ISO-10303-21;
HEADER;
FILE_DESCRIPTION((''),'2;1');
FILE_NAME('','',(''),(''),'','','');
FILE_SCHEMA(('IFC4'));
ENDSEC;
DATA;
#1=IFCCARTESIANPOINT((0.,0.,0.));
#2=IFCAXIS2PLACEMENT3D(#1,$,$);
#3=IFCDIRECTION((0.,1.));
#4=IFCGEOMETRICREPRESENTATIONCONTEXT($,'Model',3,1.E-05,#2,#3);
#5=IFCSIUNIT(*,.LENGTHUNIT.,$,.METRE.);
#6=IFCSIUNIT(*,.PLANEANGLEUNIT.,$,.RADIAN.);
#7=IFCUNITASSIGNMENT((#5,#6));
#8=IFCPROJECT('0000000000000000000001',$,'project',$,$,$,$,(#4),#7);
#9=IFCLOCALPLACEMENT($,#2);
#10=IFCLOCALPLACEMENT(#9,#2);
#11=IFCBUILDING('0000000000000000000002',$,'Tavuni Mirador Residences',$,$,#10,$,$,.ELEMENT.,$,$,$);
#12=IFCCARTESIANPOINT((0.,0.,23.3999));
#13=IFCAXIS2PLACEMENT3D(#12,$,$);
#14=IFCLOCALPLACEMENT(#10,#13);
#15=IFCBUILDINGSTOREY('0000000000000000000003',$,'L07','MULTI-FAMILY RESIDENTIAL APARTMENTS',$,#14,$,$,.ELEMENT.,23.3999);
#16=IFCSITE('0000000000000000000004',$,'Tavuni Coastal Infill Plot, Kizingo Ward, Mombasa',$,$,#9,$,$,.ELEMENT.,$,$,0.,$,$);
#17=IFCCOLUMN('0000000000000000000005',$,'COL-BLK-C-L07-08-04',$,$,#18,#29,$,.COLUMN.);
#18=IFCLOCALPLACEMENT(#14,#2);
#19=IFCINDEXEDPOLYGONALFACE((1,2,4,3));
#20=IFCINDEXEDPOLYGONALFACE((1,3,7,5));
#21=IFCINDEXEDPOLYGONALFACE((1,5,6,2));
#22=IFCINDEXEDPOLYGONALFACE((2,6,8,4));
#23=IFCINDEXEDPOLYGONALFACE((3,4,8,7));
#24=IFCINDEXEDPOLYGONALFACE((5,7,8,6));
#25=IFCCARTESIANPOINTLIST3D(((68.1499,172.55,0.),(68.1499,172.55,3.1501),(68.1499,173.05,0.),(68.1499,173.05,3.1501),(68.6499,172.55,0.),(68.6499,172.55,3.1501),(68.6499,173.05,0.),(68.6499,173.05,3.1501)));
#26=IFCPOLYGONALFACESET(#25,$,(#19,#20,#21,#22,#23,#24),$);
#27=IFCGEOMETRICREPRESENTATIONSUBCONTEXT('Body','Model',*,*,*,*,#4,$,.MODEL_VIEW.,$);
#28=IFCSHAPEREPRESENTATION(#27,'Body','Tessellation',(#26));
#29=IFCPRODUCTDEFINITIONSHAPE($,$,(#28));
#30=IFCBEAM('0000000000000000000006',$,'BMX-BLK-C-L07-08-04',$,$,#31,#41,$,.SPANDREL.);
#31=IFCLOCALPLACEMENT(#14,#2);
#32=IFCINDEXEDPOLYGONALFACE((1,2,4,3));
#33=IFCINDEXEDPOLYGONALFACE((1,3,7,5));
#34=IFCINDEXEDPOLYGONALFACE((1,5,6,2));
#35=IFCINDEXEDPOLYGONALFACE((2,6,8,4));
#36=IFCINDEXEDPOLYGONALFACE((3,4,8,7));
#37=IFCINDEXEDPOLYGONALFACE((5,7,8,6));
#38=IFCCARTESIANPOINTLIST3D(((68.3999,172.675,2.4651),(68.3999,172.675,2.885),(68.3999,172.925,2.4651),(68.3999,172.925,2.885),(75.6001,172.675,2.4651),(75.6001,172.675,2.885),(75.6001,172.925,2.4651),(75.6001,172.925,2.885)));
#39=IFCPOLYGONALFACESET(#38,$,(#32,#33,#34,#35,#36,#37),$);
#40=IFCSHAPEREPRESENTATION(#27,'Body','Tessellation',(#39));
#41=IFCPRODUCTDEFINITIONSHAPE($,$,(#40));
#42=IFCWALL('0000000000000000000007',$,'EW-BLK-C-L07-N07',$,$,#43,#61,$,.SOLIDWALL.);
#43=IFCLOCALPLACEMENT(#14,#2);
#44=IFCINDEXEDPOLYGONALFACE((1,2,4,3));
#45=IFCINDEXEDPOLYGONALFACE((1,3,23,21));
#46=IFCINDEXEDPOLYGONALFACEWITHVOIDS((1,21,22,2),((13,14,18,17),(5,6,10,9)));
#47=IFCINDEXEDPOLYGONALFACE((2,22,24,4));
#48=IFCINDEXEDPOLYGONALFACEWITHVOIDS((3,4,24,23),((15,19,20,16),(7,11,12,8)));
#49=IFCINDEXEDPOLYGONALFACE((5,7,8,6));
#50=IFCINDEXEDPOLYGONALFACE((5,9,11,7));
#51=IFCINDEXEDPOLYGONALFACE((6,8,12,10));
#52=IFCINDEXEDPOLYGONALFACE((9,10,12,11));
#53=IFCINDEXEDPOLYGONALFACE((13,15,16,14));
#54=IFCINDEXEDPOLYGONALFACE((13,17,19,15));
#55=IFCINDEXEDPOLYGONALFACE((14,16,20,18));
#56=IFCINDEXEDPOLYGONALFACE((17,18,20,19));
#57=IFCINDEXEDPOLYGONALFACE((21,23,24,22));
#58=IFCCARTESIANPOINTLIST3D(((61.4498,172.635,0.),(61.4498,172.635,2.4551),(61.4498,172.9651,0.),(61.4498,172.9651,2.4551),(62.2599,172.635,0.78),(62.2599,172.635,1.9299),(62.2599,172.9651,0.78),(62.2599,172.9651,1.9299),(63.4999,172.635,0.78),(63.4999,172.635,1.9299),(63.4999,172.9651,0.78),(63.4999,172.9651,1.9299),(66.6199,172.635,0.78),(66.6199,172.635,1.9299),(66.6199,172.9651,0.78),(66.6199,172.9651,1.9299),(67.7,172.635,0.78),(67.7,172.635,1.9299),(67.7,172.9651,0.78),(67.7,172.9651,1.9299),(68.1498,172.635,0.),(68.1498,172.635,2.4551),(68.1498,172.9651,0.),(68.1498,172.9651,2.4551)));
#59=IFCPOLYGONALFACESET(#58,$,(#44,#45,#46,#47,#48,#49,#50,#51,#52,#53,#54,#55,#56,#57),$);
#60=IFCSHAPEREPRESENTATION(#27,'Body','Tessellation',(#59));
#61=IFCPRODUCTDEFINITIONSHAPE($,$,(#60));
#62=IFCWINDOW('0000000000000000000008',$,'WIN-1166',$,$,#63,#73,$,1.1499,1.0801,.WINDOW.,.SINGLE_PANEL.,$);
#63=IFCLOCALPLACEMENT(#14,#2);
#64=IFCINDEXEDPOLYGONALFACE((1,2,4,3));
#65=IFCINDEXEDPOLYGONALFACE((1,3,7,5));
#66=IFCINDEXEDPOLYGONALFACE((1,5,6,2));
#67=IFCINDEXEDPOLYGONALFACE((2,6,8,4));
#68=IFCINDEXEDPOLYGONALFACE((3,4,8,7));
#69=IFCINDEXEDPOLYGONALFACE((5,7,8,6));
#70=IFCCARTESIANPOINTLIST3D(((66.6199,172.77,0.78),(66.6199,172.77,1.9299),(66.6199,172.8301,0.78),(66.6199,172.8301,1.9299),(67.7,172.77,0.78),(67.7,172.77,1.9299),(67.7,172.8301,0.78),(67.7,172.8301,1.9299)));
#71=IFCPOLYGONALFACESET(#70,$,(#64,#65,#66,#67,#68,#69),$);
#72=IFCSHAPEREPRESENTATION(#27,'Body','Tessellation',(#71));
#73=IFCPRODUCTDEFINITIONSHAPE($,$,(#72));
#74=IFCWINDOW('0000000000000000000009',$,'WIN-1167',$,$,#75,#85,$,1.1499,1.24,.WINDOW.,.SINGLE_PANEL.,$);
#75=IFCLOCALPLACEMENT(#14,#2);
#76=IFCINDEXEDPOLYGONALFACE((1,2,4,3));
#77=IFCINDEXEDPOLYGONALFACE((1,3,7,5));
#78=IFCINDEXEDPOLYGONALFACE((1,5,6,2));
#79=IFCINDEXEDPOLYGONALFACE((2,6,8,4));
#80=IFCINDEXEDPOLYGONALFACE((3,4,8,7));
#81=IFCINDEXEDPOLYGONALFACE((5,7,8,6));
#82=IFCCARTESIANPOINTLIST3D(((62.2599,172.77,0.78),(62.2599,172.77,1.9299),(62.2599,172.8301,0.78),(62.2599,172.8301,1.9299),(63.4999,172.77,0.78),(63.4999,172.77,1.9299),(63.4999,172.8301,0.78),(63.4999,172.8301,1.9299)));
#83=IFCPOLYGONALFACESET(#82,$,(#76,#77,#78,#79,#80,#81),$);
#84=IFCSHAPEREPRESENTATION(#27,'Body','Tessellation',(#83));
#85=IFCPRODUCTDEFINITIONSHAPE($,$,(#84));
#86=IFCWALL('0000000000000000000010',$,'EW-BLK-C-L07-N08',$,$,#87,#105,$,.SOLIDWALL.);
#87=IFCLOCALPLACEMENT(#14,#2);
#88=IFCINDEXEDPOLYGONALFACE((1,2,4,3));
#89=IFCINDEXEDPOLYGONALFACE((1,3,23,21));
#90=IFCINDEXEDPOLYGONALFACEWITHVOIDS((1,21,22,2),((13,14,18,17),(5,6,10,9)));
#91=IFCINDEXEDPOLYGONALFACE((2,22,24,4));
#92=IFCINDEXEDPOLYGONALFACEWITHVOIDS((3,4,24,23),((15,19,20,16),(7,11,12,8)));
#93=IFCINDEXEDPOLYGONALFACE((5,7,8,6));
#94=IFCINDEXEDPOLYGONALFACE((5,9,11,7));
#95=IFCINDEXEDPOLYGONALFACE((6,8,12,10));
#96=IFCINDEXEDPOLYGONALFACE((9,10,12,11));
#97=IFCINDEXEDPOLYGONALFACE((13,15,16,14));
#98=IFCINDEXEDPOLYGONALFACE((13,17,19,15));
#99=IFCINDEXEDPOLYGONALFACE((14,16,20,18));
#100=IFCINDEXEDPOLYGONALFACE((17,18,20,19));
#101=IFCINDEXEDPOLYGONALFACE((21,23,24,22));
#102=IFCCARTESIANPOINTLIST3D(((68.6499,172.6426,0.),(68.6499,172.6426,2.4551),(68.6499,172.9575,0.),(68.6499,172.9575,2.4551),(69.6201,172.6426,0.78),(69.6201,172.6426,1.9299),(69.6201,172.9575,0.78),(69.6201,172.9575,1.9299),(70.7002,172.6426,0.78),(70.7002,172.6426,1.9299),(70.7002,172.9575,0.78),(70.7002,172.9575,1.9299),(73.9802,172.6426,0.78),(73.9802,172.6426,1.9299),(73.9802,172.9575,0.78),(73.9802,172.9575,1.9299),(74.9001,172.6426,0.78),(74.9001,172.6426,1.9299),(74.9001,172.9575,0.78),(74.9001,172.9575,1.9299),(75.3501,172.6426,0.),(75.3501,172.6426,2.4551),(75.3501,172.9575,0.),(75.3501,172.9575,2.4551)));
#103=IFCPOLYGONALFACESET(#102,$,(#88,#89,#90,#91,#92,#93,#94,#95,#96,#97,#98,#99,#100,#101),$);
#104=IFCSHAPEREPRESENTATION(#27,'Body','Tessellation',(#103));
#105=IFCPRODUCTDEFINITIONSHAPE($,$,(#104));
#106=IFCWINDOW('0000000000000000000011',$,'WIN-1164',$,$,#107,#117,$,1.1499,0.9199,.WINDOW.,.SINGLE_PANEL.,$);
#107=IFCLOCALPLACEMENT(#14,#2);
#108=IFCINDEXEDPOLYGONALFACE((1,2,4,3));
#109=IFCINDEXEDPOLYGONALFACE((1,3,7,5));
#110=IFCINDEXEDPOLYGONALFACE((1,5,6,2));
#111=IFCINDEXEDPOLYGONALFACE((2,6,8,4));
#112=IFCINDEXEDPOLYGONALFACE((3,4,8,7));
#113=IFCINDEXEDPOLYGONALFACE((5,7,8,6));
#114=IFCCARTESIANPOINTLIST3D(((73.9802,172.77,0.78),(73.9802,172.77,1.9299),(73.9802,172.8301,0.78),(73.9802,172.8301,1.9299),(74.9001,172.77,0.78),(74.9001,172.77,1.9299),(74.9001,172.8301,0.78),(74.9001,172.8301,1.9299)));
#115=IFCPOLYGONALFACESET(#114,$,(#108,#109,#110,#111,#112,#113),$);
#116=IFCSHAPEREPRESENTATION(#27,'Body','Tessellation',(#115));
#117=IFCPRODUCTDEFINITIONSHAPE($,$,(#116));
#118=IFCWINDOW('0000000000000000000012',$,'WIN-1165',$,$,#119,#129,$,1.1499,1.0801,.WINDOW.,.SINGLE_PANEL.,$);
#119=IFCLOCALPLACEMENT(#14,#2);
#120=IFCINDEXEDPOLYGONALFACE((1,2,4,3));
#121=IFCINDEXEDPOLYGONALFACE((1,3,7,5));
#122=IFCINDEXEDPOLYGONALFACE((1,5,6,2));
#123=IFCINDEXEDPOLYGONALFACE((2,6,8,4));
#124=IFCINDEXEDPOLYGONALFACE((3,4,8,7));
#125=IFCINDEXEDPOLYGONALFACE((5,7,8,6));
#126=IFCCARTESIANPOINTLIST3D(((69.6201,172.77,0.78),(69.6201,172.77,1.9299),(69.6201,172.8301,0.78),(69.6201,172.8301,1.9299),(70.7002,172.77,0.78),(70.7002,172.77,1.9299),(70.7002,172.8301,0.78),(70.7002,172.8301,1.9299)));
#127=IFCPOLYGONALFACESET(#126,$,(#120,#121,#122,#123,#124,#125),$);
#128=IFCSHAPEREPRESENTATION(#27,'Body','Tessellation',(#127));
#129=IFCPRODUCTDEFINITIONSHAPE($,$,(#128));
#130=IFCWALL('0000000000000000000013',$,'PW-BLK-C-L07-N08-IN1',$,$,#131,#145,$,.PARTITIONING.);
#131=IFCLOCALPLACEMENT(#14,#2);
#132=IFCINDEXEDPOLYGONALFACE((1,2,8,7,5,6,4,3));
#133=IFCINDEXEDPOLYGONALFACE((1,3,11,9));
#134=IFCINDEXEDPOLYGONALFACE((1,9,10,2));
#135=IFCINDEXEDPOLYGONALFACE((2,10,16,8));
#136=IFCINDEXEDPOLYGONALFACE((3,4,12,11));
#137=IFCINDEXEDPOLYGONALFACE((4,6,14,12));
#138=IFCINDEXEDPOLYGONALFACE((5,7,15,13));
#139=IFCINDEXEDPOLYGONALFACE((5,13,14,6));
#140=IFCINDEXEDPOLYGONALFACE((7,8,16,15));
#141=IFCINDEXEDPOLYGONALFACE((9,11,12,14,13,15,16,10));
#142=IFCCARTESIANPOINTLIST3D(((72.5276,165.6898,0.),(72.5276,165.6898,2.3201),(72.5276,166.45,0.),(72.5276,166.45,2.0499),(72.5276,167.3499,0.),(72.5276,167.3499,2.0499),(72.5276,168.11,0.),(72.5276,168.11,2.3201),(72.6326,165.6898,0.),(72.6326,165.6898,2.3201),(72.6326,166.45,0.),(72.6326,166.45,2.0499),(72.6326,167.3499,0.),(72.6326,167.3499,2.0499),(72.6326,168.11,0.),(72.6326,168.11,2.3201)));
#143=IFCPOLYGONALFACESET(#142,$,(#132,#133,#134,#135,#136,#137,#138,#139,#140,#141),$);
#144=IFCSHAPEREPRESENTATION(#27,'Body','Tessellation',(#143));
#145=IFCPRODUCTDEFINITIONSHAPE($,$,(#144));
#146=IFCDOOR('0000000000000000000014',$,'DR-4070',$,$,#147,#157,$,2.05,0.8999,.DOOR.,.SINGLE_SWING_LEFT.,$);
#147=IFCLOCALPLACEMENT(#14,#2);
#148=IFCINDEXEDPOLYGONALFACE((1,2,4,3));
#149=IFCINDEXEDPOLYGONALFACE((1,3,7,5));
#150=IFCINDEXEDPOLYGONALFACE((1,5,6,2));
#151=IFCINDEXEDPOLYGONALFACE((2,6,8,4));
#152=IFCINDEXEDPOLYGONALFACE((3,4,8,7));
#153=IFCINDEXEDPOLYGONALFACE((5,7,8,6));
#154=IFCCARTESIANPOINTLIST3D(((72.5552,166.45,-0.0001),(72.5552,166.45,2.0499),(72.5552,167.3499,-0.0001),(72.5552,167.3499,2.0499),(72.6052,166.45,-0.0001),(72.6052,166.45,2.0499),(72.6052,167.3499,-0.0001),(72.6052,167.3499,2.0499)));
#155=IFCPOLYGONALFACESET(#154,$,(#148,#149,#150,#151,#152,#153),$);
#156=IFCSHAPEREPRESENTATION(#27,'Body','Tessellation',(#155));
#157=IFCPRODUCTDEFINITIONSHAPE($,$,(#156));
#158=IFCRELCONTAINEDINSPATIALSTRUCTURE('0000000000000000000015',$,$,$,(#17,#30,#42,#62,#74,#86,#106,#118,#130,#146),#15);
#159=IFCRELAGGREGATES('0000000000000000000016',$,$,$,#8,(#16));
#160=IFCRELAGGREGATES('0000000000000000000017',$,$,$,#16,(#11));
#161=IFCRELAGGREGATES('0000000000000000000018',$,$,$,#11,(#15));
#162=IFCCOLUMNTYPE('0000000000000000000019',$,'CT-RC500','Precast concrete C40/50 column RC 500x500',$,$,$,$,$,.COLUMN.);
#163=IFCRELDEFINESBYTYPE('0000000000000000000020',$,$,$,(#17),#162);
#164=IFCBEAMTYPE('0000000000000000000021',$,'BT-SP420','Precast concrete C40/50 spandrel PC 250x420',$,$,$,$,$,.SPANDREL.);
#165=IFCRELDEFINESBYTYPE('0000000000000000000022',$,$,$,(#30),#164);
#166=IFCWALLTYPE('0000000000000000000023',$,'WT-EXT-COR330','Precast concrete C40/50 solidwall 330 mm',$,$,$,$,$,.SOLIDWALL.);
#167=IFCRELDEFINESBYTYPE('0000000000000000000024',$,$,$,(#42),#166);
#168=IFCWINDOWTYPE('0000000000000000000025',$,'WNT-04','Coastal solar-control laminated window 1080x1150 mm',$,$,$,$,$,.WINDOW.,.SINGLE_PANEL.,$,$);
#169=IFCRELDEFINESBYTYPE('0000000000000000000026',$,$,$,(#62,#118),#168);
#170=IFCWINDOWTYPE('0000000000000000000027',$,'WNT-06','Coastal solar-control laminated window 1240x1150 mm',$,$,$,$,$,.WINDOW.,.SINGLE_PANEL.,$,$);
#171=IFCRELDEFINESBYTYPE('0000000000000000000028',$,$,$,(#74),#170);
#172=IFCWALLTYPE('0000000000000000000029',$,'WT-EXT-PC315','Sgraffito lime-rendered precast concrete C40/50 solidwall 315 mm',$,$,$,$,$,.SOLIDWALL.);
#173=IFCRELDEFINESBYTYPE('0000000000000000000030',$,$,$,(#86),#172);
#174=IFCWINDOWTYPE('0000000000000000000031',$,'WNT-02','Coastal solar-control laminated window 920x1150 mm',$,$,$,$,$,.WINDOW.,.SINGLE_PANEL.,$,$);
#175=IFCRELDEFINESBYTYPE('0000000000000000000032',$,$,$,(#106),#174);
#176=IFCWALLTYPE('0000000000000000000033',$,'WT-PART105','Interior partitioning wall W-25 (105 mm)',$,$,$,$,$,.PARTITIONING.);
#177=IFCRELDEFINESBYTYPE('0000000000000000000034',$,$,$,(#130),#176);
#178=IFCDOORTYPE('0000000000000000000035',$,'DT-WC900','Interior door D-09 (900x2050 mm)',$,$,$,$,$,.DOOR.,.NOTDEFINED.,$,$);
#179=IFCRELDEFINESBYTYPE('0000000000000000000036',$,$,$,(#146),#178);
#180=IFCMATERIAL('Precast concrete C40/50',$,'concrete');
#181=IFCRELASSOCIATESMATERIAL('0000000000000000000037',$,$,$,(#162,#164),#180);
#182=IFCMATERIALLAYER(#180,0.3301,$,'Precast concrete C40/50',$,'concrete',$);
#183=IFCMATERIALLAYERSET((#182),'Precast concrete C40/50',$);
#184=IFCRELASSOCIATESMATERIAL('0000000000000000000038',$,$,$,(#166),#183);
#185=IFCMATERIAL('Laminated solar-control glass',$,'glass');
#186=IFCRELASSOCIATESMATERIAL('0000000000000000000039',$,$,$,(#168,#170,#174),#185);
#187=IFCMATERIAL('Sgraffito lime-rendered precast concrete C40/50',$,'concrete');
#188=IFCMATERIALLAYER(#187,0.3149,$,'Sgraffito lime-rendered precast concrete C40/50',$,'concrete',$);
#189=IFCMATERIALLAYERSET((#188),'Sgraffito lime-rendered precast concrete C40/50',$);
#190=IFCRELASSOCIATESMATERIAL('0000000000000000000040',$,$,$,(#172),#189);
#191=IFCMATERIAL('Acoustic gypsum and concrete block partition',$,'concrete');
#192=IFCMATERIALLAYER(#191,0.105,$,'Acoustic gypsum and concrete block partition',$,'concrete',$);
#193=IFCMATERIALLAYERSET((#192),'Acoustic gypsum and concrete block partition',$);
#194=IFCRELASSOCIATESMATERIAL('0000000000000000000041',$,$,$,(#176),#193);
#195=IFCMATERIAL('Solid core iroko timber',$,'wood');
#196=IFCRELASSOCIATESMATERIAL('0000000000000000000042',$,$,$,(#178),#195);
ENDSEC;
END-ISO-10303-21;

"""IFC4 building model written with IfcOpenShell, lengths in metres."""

from ifc_helpers import new_model, si_unit, direction, frame, frame_2d, origin, origin_2d, place, context, subcontext, project, spatial, rectangle, extrude, material, layer, layer_set, material_profile, profile_set, type_object, element, fill, save


model = new_model("IFC4")

# Units and contexts
model_context = context("Model", 3, precision=1e-05, world=origin(), true_north=direction((0.0, 1.0)))
body_context = subcontext(model_context, "Body", "Model", "MODEL_VIEW")
ifc_project = project(units=[si_unit("LENGTHUNIT", "METRE"), si_unit("PLANEANGLEUNIT", "RADIAN")], contexts=[model_context])

# Site, building, storey
site_placement = place(None, origin())
site = spatial("IfcSite", under=ifc_project, at=site_placement, Name="Tavuni Coastal Infill Plot, Kizingo Ward, Mombasa", CompositionType="ELEMENT", RefElevation=0.0)
building_placement = place(site_placement, origin())
building = spatial("IfcBuilding", under=site, at=building_placement, Name="Tavuni Mirador Residences", CompositionType="ELEMENT")
storey_placement = place(building_placement, frame((0.0, 0.0, 23.3999)))
storey = spatial("IfcBuildingStorey", under=building, at=storey_placement, Name="L07", Description="MULTI-FAMILY RESIDENTIAL APARTMENTS", CompositionType="ELEMENT", Elevation=23.3999)

# Column
ifc_material_1 = material(Name="Precast concrete C40/50", Category="concrete")
ifc_material_profile_1 = material_profile(ifc_material_1, rectangle(XDim=0.5, YDim=0.5, at=origin_2d()), Name="RC 500x500", Category="concrete")
ifc_profile_set_1 = profile_set([ifc_material_profile_1], Name="Precast concrete C40/50")
column_type = type_object("IfcColumnType", Name="CT-RC500", Description="Precast concrete C40/50 column RC 500x500", PredefinedType="COLUMN", material=ifc_profile_set_1)
column_placement = place(storey_placement, frame((68.3999, 172.8, 0.0), z_axis=(0.0, 0.0, 1.0), x_axis=(1.0, 0.0, 0.0)))
element("IfcColumn", 1, at=column_placement, inside=storey, type_object=column_type, Name="COL-BLK-C-L07-08-04", PredefinedType="COLUMN", context=body_context, shape_type="SweptSolid", body=[
    extrude(rectangle(XDim=0.5, YDim=0.5, at=origin_2d()), origin(), (0.0, 0.0, 1.0), 3.1501),
])

# Beam
ifc_material_profile_2 = material_profile(ifc_material_1, rectangle(XDim=0.25, YDim=0.4199, at=origin_2d()), Name="PC 250x420", Category="concrete")
ifc_profile_set_2 = profile_set([ifc_material_profile_2], Name="Precast concrete C40/50")
beam_type = type_object("IfcBeamType", Name="BT-SP420", Description="Precast concrete C40/50 spandrel PC 250x420", PredefinedType="SPANDREL", material=ifc_profile_set_2)
beam_placement = place(storey_placement, frame((68.3999, 172.8, 2.675), z_axis=(1.0, 0.0, 0.0), x_axis=(0.0, 1.0, 0.0)))
element("IfcBeam", 2, at=beam_placement, inside=storey, type_object=beam_type, Name="BMX-BLK-C-L07-08-04", PredefinedType="SPANDREL", context=body_context, shape_type="SweptSolid", body=[
    extrude(rectangle(XDim=0.25, YDim=0.4199, at=origin_2d()), origin(), (0.0, 0.0, 1.0), 7.2002),
])

# Walls, openings, windows
ifc_layer_1 = layer(ifc_material_1, 0.3301, Name="Precast concrete C40/50", Category="concrete")
ifc_layer_set_1 = layer_set([ifc_layer_1], Name="Precast concrete C40/50")
wall_type_1 = type_object("IfcWallType", Name="WT-EXT-COR330", Description="Precast concrete C40/50 solidwall 330 mm", PredefinedType="SOLIDWALL", material=ifc_layer_set_1)
wall_1_placement = place(storey_placement, frame((68.1499, 172.8, 0.0), z_axis=(0.0, 0.0, 1.0), x_axis=(-1.0, 0.0, 0.0)))
wall_1 = element("IfcWall", 3, at=wall_1_placement, inside=storey, type_object=wall_type_1, Name="EW-BLK-C-L07-N07", PredefinedType="SOLIDWALL", context=body_context, shape_type="SweptSolid", body=[
    extrude(rectangle(XDim=6.7, YDim=0.3301, at=frame_2d((3.3501, 0.0))), origin(), (0.0, 0.0, 1.0), 2.4551),
])
opening_1_placement = place(wall_1_placement, frame((0.45, 0.0, 0.78)))
opening_1 = element("IfcOpeningElement", 4, at=opening_1_placement, cuts=wall_1, PredefinedType="OPENING", context=body_context, shape_type="SweptSolid", body=[
    extrude(rectangle(XDim=1.0801, YDim=1.1499, at=frame_2d((0.54, 0.575))), frame((0.0, 0.175, 0.0), z_axis=(0.0, -1.0, 0.0), x_axis=(1.0, 0.0, 0.0)), (0.0, 0.0, 1.0), 0.3501),
])
opening_2_placement = place(wall_1_placement, frame((4.6499, 0.0, 0.78)))
opening_2 = element("IfcOpeningElement", 5, at=opening_2_placement, cuts=wall_1, PredefinedType="OPENING", context=body_context, shape_type="SweptSolid", body=[
    extrude(rectangle(XDim=1.24, YDim=1.1499, at=frame_2d((0.6201, 0.575))), frame((0.0, 0.175, 0.0), z_axis=(0.0, -1.0, 0.0), x_axis=(1.0, 0.0, 0.0)), (0.0, 0.0, 1.0), 0.3501),
])
ifc_material_2 = material(Name="Laminated solar-control glass", Category="glass")
window_type_1 = type_object("IfcWindowType", Name="WNT-04", Description="Coastal solar-control laminated window 1080x1150 mm", PartitioningType="SINGLE_PANEL", PredefinedType="WINDOW", material=ifc_material_2)
window_1_placement = place(opening_1_placement, origin())
window_1 = element("IfcWindow", 6, at=window_1_placement, inside=storey, type_object=window_type_1, Name="WIN-1166", OverallHeight=1.1499, OverallWidth=1.0801, PartitioningType="SINGLE_PANEL", PredefinedType="WINDOW", context=body_context, shape_type="SweptSolid", body=[
    extrude(rectangle(XDim=1.0801, YDim=1.1499, at=frame_2d((0.54, 0.575))), frame((0.0, 0.03, 0.0), z_axis=(0.0, -1.0, 0.0), x_axis=(1.0, 0.0, 0.0)), (0.0, 0.0, 1.0), 0.0601),
])
fill(opening_1, window_1)
window_type_2 = type_object("IfcWindowType", Name="WNT-06", Description="Coastal solar-control laminated window 1240x1150 mm", PartitioningType="SINGLE_PANEL", PredefinedType="WINDOW", material=ifc_material_2)
window_2_placement = place(opening_2_placement, origin())
window_2 = element("IfcWindow", 7, at=window_2_placement, inside=storey, type_object=window_type_2, Name="WIN-1167", OverallHeight=1.1499, OverallWidth=1.24, PartitioningType="SINGLE_PANEL", PredefinedType="WINDOW", context=body_context, shape_type="SweptSolid", body=[
    extrude(rectangle(XDim=1.24, YDim=1.1499, at=frame_2d((0.6201, 0.575))), frame((0.0, 0.03, 0.0), z_axis=(0.0, -1.0, 0.0), x_axis=(1.0, 0.0, 0.0)), (0.0, 0.0, 1.0), 0.0601),
])
fill(opening_2, window_2)
ifc_material_3 = material(Name="Sgraffito lime-rendered precast concrete C40/50", Category="concrete")
ifc_layer_2 = layer(ifc_material_3, 0.3149, Name="Sgraffito lime-rendered precast concrete C40/50", Category="concrete")
ifc_layer_set_2 = layer_set([ifc_layer_2], Name="Sgraffito lime-rendered precast concrete C40/50")
wall_type_2 = type_object("IfcWallType", Name="WT-EXT-PC315", Description="Sgraffito lime-rendered precast concrete C40/50 solidwall 315 mm", PredefinedType="SOLIDWALL", material=ifc_layer_set_2)
wall_2_placement = place(storey_placement, frame((75.3501, 172.8, 0.0), z_axis=(0.0, 0.0, 1.0), x_axis=(-1.0, 0.0, 0.0)))
wall_2 = element("IfcWall", 8, at=wall_2_placement, inside=storey, type_object=wall_type_2, Name="EW-BLK-C-L07-N08", PredefinedType="SOLIDWALL", context=body_context, shape_type="SweptSolid", body=[
    extrude(rectangle(XDim=6.7002, YDim=0.3149, at=frame_2d((3.3501, 0.0))), origin(), (0.0, 0.0, 1.0), 2.4551),
])
opening_3_placement = place(wall_2_placement, frame((0.45, 0.0, 0.78)))
opening_3 = element("IfcOpeningElement", 9, at=opening_3_placement, cuts=wall_2, PredefinedType="OPENING", context=body_context, shape_type="SweptSolid", body=[
    extrude(rectangle(XDim=0.9199, YDim=1.1499, at=frame_2d((0.46, 0.575))), frame((0.0, 0.1675, 0.0), z_axis=(0.0, -1.0, 0.0), x_axis=(1.0, 0.0, 0.0)), (0.0, 0.0, 1.0), 0.335),
])
opening_4_placement = place(wall_2_placement, frame((4.6499, 0.0, 0.78)))
opening_4 = element("IfcOpeningElement", 10, at=opening_4_placement, cuts=wall_2, PredefinedType="OPENING", context=body_context, shape_type="SweptSolid", body=[
    extrude(rectangle(XDim=1.0801, YDim=1.1499, at=frame_2d((0.54, 0.575))), frame((0.0, 0.1675, 0.0), z_axis=(0.0, -1.0, 0.0), x_axis=(1.0, 0.0, 0.0)), (0.0, 0.0, 1.0), 0.335),
])
window_type_3 = type_object("IfcWindowType", Name="WNT-02", Description="Coastal solar-control laminated window 920x1150 mm", PartitioningType="SINGLE_PANEL", PredefinedType="WINDOW", material=ifc_material_2)
window_3_placement = place(opening_3_placement, origin())
window_3 = element("IfcWindow", 11, at=window_3_placement, inside=storey, type_object=window_type_3, Name="WIN-1164", OverallHeight=1.1499, OverallWidth=0.9199, PartitioningType="SINGLE_PANEL", PredefinedType="WINDOW", context=body_context, shape_type="SweptSolid", body=[
    extrude(rectangle(XDim=0.9199, YDim=1.1499, at=frame_2d((0.46, 0.575))), frame((0.0, 0.03, 0.0), z_axis=(0.0, -1.0, 0.0), x_axis=(1.0, 0.0, 0.0)), (0.0, 0.0, 1.0), 0.0601),
])
fill(opening_3, window_3)
window_4_placement = place(opening_4_placement, origin())
window_4 = element("IfcWindow", 12, at=window_4_placement, inside=storey, type_object=window_type_1, Name="WIN-1165", OverallHeight=1.1499, OverallWidth=1.0801, PartitioningType="SINGLE_PANEL", PredefinedType="WINDOW", context=body_context, shape_type="SweptSolid", body=[
    extrude(rectangle(XDim=1.0801, YDim=1.1499, at=frame_2d((0.54, 0.575))), frame((0.0, 0.03, 0.0), z_axis=(0.0, -1.0, 0.0), x_axis=(1.0, 0.0, 0.0)), (0.0, 0.0, 1.0), 0.0601),
])
fill(opening_4, window_4)

# Wall, opening, door
ifc_material_4 = material(Name="Acoustic gypsum and concrete block partition", Category="concrete")
ifc_layer_3 = layer(ifc_material_4, 0.105, Name="Acoustic gypsum and concrete block partition", Category="concrete")
ifc_layer_set_3 = layer_set([ifc_layer_3], Name="Acoustic gypsum and concrete block partition")
wall_type_3 = type_object("IfcWallType", Name="WT-PART105", Description="Interior partitioning wall W-25 (105 mm)", PredefinedType="PARTITIONING", material=ifc_layer_set_3)
wall_3_placement = place(storey_placement, frame((72.5801, 165.6899, 0.0), z_axis=(0.0, 0.0, 1.0), x_axis=(0.0, 1.0, 0.0)))
wall_3 = element("IfcWall", 13, at=wall_3_placement, inside=storey, type_object=wall_type_3, Name="PW-BLK-C-L07-N08-IN1", PredefinedType="PARTITIONING", context=body_context, shape_type="SweptSolid", body=[
    extrude(rectangle(XDim=2.4202, YDim=0.105, at=frame_2d((1.21, 0.0))), origin(), (0.0, 0.0, 1.0), 2.3201),
])
opening_5_placement = place(wall_3_placement, frame((0.76, 0.0, 0.0)))
opening_5 = element("IfcOpeningElement", 14, at=opening_5_placement, cuts=wall_3, PredefinedType="OPENING", context=body_context, shape_type="SweptSolid", body=[
    extrude(rectangle(XDim=0.8999, YDim=2.05, at=frame_2d((0.45, 1.0249))), frame((0.0, 0.0625, 0.0), z_axis=(0.0, -1.0, 0.0), x_axis=(1.0, 0.0, 0.0)), (0.0, 0.0, 1.0), 0.125),
])
ifc_material_5 = material(Name="Solid core iroko timber", Category="wood")
door_type_1 = type_object("IfcDoorType", Name="DT-WC900", Description="Interior door D-09 (900x2050 mm)", OperationType="NOTDEFINED", PredefinedType="DOOR", material=ifc_material_5)
door_1_placement = place(opening_5_placement, origin())
door_1 = element("IfcDoor", 15, at=door_1_placement, inside=storey, type_object=door_type_1, Name="DR-4070", OperationType="SINGLE_SWING_LEFT", OverallHeight=2.05, OverallWidth=0.8999, PredefinedType="DOOR", context=body_context, shape_type="SweptSolid", body=[
    extrude(rectangle(XDim=0.8999, YDim=2.05, at=frame_2d((0.45, 1.0249))), frame((0.0, 0.0249, 0.0), z_axis=(0.0, -1.0, 0.0), x_axis=(1.0, 0.0, 0.0)), (0.0, 0.0, 1.0), 0.05),
])
fill(opening_5, door_1)

save(model, "model.ifc")
